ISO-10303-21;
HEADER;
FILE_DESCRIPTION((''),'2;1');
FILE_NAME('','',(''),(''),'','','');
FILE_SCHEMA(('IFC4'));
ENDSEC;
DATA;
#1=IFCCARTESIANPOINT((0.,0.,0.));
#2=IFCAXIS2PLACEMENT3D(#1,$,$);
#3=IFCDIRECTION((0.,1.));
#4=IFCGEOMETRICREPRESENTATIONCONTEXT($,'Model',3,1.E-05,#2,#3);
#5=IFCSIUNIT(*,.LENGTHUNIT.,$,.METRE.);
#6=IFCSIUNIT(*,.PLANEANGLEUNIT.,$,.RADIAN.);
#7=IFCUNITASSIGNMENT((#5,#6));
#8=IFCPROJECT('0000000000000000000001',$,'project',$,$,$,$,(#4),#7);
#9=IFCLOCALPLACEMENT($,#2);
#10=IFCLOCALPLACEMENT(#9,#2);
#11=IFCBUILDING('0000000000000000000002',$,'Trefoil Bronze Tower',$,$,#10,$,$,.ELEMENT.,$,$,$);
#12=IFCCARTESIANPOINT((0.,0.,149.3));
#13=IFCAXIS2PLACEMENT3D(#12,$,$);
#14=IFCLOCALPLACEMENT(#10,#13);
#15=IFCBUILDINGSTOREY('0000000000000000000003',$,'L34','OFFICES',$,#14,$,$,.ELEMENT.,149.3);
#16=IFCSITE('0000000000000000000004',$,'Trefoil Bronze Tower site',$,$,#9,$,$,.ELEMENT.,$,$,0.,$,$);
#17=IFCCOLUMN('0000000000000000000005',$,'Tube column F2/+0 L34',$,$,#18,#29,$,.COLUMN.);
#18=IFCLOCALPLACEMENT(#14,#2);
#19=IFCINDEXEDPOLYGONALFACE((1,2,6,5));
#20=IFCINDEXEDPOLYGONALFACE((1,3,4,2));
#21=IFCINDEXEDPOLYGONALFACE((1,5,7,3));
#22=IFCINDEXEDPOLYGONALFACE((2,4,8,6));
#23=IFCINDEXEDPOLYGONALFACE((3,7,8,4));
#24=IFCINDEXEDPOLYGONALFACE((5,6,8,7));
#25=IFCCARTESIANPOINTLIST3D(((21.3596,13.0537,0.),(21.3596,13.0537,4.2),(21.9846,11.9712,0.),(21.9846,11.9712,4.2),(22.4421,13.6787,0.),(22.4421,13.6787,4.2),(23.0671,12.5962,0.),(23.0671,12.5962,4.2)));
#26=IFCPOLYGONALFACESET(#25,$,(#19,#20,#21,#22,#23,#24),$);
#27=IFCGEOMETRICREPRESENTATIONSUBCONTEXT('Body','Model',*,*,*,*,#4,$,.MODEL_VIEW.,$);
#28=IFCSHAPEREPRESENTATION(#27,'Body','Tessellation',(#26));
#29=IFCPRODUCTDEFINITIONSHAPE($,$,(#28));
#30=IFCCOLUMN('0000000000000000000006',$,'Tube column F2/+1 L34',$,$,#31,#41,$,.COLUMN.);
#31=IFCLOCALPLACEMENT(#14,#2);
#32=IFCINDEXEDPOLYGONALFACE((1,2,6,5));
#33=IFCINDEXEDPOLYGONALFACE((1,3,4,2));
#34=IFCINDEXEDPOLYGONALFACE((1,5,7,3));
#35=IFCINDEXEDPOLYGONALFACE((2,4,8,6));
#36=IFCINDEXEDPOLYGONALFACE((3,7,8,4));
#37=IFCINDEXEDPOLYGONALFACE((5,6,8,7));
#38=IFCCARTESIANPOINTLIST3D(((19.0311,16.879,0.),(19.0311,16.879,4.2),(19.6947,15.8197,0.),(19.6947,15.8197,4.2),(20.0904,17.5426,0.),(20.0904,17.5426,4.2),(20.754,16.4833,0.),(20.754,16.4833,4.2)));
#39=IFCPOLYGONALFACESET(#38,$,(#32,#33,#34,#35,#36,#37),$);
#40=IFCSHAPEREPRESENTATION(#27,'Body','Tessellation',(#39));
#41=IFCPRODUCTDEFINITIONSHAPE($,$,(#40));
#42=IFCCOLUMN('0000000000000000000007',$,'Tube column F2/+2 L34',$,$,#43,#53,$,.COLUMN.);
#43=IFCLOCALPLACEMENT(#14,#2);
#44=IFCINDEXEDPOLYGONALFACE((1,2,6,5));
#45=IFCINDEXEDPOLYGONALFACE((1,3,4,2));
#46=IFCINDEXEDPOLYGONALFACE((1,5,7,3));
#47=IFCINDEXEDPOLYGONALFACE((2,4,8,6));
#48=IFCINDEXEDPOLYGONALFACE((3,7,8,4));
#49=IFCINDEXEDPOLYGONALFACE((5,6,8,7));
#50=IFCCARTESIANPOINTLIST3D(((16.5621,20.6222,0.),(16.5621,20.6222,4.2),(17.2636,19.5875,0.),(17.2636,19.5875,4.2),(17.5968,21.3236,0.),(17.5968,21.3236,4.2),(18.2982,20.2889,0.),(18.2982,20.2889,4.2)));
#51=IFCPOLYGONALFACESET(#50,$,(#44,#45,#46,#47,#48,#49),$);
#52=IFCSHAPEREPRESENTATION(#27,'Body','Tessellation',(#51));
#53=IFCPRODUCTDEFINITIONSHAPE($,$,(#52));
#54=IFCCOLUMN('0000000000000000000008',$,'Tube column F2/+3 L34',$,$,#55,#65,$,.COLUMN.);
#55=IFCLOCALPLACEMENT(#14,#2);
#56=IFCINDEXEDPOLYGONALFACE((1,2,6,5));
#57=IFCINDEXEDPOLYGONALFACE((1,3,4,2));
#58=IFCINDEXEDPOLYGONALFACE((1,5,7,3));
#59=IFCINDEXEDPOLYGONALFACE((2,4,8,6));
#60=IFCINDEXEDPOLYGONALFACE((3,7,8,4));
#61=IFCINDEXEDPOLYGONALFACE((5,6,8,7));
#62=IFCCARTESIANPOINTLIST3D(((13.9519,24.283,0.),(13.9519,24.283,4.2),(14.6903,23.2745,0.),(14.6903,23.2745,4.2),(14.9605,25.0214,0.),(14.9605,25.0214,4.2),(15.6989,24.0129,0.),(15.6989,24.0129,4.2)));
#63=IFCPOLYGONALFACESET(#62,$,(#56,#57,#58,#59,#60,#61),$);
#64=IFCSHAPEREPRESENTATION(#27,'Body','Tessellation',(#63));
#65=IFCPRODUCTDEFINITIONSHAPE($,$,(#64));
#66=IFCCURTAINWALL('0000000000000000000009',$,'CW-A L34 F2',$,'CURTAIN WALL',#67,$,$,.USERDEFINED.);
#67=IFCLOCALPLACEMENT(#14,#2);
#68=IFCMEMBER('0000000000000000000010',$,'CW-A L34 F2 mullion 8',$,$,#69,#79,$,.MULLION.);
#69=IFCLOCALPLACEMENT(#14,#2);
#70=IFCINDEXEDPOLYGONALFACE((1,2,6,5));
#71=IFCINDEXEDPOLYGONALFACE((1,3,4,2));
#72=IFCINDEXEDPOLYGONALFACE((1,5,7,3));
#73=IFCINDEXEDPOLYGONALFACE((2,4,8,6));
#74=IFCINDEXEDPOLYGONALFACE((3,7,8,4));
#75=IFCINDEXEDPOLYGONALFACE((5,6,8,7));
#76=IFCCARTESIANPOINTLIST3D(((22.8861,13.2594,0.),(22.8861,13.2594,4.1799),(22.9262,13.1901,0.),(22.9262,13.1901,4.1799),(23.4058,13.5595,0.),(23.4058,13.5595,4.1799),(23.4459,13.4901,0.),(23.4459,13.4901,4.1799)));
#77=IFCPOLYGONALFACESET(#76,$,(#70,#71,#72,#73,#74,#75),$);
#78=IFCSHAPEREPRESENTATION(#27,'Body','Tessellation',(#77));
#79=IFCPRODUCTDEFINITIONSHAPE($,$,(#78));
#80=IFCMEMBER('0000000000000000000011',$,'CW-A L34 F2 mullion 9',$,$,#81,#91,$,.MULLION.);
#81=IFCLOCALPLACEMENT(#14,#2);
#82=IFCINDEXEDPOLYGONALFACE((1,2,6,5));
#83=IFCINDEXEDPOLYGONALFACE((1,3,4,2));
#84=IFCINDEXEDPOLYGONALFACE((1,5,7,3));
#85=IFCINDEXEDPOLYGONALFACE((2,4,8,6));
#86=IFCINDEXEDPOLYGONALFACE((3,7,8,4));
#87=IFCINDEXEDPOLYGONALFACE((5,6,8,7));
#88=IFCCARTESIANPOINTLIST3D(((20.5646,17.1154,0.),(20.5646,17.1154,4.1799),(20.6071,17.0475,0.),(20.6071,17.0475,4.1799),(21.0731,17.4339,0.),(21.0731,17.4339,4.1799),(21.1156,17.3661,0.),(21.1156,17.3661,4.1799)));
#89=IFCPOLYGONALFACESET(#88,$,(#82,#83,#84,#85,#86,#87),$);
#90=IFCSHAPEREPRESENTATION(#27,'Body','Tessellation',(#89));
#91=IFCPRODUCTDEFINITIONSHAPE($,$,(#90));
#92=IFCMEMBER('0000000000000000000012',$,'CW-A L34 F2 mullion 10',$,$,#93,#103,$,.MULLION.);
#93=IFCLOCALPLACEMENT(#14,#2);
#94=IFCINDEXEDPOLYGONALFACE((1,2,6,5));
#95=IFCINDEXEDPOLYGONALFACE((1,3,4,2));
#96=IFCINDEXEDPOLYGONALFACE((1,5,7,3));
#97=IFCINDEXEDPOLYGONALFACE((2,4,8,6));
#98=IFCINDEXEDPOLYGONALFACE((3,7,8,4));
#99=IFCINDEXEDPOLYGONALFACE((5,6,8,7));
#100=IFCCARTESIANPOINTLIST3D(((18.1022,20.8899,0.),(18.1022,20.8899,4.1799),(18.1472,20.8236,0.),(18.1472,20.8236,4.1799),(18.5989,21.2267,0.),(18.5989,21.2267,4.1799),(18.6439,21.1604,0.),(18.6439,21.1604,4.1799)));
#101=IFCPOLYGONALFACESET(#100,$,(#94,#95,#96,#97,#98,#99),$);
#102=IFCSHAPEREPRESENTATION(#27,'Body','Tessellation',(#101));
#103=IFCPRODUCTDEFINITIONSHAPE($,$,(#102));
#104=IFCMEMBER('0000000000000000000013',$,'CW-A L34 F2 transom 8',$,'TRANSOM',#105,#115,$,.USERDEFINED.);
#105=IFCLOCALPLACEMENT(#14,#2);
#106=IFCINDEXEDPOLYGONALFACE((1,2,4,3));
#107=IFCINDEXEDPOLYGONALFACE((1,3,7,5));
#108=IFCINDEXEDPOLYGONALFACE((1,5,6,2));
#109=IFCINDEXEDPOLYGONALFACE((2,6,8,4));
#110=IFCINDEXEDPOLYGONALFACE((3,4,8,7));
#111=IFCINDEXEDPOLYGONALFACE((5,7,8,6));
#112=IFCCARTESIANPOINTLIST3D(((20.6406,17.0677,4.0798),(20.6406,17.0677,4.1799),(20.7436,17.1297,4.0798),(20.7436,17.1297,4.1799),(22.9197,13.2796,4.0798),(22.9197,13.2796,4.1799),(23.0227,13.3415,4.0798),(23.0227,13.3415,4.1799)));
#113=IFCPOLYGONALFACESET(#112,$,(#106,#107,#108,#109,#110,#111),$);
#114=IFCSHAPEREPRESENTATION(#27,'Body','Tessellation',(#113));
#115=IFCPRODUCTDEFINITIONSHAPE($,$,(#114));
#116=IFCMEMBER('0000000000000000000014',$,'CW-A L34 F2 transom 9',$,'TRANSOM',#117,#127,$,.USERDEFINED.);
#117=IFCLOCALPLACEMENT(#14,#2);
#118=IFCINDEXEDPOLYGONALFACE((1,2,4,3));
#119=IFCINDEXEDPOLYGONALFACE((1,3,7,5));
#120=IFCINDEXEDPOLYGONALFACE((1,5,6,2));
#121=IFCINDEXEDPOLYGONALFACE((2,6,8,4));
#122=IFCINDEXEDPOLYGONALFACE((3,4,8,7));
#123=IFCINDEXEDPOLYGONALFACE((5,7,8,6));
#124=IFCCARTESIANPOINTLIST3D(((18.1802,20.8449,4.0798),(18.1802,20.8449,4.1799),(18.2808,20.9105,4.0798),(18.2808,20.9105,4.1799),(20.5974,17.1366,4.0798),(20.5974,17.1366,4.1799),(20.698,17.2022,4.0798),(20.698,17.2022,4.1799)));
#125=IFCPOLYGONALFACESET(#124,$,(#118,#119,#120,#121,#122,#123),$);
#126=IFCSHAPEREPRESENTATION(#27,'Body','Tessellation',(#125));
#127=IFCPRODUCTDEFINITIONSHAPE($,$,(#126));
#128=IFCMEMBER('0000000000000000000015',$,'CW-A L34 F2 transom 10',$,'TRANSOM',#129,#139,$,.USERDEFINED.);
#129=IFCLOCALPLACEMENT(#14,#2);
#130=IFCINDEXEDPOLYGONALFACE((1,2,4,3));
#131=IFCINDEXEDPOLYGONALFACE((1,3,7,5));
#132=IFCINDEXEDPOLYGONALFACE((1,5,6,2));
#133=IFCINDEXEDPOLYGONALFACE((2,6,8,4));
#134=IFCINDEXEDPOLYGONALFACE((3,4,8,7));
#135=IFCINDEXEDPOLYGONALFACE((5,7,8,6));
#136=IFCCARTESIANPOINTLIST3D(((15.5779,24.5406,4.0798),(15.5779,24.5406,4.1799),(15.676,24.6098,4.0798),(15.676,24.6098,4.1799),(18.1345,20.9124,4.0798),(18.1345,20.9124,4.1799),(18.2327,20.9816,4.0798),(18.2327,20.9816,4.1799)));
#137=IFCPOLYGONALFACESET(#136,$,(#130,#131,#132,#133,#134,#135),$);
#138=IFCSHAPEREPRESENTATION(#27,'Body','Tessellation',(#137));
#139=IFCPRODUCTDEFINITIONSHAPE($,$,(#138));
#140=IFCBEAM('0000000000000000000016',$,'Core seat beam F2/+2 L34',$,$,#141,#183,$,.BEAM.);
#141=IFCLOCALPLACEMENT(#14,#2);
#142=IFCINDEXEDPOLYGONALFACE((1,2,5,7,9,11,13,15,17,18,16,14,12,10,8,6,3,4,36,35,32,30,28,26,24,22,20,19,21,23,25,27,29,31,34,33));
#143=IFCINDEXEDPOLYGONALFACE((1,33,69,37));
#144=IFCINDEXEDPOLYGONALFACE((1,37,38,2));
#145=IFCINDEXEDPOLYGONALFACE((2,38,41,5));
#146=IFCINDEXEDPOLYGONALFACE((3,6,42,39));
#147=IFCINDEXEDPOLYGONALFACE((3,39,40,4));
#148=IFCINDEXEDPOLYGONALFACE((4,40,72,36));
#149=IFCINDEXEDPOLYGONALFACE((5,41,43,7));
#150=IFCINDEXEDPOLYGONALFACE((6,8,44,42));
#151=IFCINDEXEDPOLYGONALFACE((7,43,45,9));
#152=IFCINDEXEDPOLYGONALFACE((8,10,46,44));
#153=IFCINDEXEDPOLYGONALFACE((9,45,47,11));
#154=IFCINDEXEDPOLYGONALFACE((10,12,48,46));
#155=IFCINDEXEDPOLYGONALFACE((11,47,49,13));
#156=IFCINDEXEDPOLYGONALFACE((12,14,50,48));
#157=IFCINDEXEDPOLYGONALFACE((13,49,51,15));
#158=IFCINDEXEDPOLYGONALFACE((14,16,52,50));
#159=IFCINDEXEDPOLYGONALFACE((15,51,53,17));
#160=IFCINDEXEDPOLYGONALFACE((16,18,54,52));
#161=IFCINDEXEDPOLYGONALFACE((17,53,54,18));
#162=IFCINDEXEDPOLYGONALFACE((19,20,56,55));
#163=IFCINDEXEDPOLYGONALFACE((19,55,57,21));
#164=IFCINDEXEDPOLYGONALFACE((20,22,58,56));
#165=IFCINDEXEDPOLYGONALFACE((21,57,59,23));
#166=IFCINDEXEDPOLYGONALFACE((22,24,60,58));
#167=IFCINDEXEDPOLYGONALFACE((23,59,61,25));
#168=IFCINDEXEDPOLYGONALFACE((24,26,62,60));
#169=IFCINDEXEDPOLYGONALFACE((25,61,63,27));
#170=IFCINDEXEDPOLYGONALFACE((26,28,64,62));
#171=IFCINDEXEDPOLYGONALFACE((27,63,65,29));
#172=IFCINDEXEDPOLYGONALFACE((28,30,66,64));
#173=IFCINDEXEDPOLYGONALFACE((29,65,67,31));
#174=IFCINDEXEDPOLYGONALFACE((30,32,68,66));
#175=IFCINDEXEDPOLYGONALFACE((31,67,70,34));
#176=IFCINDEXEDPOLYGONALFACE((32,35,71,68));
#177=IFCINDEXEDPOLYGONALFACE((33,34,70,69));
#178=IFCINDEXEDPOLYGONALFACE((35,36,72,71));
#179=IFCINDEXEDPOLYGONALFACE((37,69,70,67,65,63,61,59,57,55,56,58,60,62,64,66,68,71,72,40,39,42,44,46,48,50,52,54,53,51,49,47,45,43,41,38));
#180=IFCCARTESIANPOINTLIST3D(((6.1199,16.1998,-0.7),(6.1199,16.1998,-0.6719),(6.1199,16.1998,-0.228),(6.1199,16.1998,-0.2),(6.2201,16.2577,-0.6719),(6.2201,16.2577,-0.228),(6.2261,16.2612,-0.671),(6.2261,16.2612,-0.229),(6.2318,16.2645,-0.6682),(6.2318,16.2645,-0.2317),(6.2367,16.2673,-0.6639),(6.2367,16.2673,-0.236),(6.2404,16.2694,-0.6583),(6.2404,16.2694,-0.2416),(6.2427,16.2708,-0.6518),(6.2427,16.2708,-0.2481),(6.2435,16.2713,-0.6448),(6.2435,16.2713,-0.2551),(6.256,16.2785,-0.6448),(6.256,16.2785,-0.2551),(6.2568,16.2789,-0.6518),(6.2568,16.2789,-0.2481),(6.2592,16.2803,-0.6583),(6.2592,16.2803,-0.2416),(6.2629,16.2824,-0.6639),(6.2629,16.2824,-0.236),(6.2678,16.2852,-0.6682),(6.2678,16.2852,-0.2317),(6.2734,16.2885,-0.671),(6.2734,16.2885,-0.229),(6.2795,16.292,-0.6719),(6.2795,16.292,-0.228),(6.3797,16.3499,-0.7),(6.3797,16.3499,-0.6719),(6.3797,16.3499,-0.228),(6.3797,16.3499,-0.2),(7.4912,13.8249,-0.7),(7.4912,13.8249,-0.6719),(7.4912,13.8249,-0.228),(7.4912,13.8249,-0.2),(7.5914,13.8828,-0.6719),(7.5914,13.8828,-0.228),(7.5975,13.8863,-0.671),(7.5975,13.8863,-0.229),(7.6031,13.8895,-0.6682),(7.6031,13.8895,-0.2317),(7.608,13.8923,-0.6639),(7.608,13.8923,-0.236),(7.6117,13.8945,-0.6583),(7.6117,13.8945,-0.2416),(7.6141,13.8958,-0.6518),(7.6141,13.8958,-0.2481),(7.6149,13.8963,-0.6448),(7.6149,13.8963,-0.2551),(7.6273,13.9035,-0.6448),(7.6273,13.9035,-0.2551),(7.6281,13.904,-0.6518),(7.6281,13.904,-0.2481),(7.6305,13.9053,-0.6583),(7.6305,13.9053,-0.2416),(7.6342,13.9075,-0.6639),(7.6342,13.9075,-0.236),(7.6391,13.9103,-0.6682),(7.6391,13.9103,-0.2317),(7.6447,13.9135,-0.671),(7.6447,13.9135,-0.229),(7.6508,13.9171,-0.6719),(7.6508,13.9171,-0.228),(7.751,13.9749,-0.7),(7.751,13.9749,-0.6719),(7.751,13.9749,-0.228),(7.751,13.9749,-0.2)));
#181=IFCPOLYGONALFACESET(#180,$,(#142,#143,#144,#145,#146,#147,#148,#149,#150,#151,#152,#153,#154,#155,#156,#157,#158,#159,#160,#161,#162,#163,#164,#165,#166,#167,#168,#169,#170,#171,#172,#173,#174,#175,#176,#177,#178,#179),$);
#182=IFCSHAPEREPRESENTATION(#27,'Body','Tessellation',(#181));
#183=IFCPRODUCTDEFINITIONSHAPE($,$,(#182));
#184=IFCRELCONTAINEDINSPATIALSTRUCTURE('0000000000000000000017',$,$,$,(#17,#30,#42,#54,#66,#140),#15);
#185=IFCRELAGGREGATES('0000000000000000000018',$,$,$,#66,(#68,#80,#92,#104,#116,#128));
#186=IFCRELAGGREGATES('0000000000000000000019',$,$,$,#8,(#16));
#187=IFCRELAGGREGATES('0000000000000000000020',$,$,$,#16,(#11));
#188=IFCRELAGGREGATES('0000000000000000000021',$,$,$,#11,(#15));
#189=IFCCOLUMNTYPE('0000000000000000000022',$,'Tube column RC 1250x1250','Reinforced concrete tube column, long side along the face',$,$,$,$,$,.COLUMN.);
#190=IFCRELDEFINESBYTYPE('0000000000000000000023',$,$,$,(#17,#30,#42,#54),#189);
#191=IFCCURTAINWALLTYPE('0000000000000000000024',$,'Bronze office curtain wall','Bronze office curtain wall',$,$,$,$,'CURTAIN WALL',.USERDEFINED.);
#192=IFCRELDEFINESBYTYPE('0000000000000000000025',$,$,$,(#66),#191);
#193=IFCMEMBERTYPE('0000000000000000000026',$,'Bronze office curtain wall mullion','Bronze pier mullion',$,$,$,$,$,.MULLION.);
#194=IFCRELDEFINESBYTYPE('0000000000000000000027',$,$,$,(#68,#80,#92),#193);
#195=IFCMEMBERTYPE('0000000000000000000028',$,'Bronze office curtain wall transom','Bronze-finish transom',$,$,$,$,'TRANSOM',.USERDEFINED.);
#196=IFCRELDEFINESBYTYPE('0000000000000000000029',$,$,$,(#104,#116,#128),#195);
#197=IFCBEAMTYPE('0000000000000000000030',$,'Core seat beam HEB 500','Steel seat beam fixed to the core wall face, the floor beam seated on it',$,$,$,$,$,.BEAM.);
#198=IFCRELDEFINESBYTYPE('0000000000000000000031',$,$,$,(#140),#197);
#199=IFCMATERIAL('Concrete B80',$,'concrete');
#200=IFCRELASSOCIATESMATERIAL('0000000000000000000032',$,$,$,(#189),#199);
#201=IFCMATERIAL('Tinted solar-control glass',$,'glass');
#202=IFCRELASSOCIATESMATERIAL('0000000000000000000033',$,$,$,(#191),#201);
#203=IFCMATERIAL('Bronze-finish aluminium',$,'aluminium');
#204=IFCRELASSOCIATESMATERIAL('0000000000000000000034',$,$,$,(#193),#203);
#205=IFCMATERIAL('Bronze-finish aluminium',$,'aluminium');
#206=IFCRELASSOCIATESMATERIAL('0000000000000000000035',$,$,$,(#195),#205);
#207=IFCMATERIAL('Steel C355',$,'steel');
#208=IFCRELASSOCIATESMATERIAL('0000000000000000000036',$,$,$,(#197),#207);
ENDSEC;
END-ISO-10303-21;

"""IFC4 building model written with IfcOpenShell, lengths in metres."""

from ifc_helpers import new_model, si_unit, direction, frame, origin, origin_2d, place, context, subcontext, project, spatial, rectangle, i_section, extrude, material, material_profile, profile_set, type_object, element, aggregate, save


model = new_model("IFC4")

# Units and contexts
model_context = context("Model", 3, precision=1e-05, world=origin(), true_north=direction((0.0, 1.0)))
body_context = subcontext(model_context, "Body", "Model", "MODEL_VIEW")
ifc_project = project(units=[si_unit("LENGTHUNIT", "METRE"), si_unit("PLANEANGLEUNIT", "RADIAN")], contexts=[model_context])

# Site, building, storey
site_placement = place(None, origin())
site = spatial("IfcSite", under=ifc_project, at=site_placement, Name="Trefoil Bronze Tower site", CompositionType="ELEMENT", RefElevation=0.0)
building_placement = place(site_placement, origin())
building = spatial("IfcBuilding", under=site, at=building_placement, Name="Trefoil Bronze Tower", CompositionType="ELEMENT")
storey_placement = place(building_placement, frame((0.0, 0.0, 149.3)))
storey = spatial("IfcBuildingStorey", under=building, at=storey_placement, Name="L34", Description="OFFICES", CompositionType="ELEMENT", Elevation=149.3)

# Columns
ifc_material_1 = material(Name="Concrete B80", Category="concrete")
ifc_material_profile_1 = material_profile(ifc_material_1, rectangle(XDim=1.25, YDim=1.25, at=origin_2d()), Name="RC 1250x1250")
ifc_profile_set_1 = profile_set([ifc_material_profile_1], Name="Concrete B80")
column_type = type_object("IfcColumnType", Name="Tube column RC 1250x1250", Description="Reinforced concrete tube column, long side along the face", PredefinedType="COLUMN", material=ifc_profile_set_1)
for number, where, z_axis, x_axis, name in (
    (1, (22.2134, 12.825, 0.0), (0.0, 0.0, 1.0), (-0.5, 0.866025, 0.0), "Tube column F2/+0 L34"),
    (2, (19.8926, 16.6812, 0.0), (0.0, 0.0, 1.0), (-0.530893, 0.847439, 0.0), "Tube column F2/+1 L34"),
    (3, (17.4302, 20.4556, 0.0), (0.0, 0.0, 1.0), (-0.561136, 0.827724, 0.0), "Tube column F2/+2 L34"),
    (4, (14.8254, 24.1479, 0.0), (0.0, 0.0, 1.0), (-0.590723, 0.806875, 0.0), "Tube column F2/+3 L34"),
):
    element("IfcColumn", number, at=place(storey_placement, frame(where, z_axis=z_axis, x_axis=x_axis)), inside=storey, type_object=column_type, Name=name, PredefinedType="COLUMN", context=body_context, shape_type="SweptSolid", body=[
        extrude(rectangle(XDim=1.25, YDim=1.25, at=origin_2d()), origin(), (0.0, 0.0, 1.0), 4.2),
    ])

# Curtain wall, members
ifc_material_2 = material(Name="Tinted solar-control glass", Category="glass")
curtain_wall_type = type_object("IfcCurtainWallType", Name="Bronze office curtain wall", Description="Bronze office curtain wall", ElementType="CURTAIN WALL", PredefinedType="USERDEFINED", material=ifc_material_2)
curtain_wall_placement = place(storey_placement, origin())
curtain_wall = element("IfcCurtainWall", 5, at=curtain_wall_placement, inside=storey, type_object=curtain_wall_type, Name="CW-A L34 F2", ObjectType="CURTAIN WALL", PredefinedType="USERDEFINED")
ifc_material_3 = material(Name="Bronze-finish aluminium", Category="aluminium")
ifc_material_profile_2 = material_profile(ifc_material_3, rectangle(XDim=0.6001, YDim=0.0801, at=origin_2d()), Name="CW-A mullion")
ifc_profile_set_2 = profile_set([ifc_material_profile_2], Name="Bronze-finish aluminium")
member_type_1 = type_object("IfcMemberType", Name="Bronze office curtain wall mullion", Description="Bronze pier mullion", PredefinedType="MULLION", material=ifc_profile_set_2)
member_1_placement = place(storey_placement, frame((23.166, 13.3748, 0.0), z_axis=(0.0, 0.0, 1.0), x_axis=(-0.866025, -0.5, 0.0)))
member_1 = element("IfcMember", 6, at=member_1_placement, type_object=member_type_1, Name="CW-A L34 F2 mullion 8", PredefinedType="MULLION", context=body_context, shape_type="SweptSolid", body=[
    extrude(rectangle(XDim=0.6001, YDim=0.0801, at=origin_2d()), origin(), (0.0, 0.0, 1.0), 4.1799),
])
member_2_placement = place(storey_placement, frame((20.8401, 17.2407, 0.0), z_axis=(0.0, 0.0, 1.0), x_axis=(-0.847439, -0.530893, 0.0)))
member_2 = element("IfcMember", 7, at=member_2_placement, type_object=member_type_1, Name="CW-A L34 F2 mullion 9", PredefinedType="MULLION", context=body_context, shape_type="SweptSolid", body=[
    extrude(rectangle(XDim=0.6001, YDim=0.0801, at=origin_2d()), origin(), (0.0, 0.0, 1.0), 4.1799),
])
member_3_placement = place(storey_placement, frame((18.373, 21.0251, 0.0), z_axis=(0.0, 0.0, 1.0), x_axis=(-0.827724, -0.561136, 0.0)))
member_3 = element("IfcMember", 8, at=member_3_placement, type_object=member_type_1, Name="CW-A L34 F2 mullion 10", PredefinedType="MULLION", context=body_context, shape_type="SweptSolid", body=[
    extrude(rectangle(XDim=0.6001, YDim=0.0801, at=origin_2d()), origin(), (0.0, 0.0, 1.0), 4.1799),
])
ifc_material_4 = material(Name="Bronze-finish aluminium", Category="aluminium")
ifc_material_profile_3 = material_profile(ifc_material_4, rectangle(XDim=0.1201, YDim=0.1001, at=origin_2d()), Name="CW-A transom")
ifc_profile_set_3 = profile_set([ifc_material_profile_3], Name="Bronze-finish aluminium")
member_type_2 = type_object("IfcMemberType", Name="Bronze office curtain wall transom", Description="Bronze-finish transom", ElementType="TRANSOM", PredefinedType="USERDEFINED", material=ifc_profile_set_3)
member_4_placement = place(storey_placement, frame((22.9712, 13.3105, 4.1299), z_axis=(-0.515527, 0.856873, 0.0), x_axis=(-0.856873, -0.515527, 0.0)))
member_4 = element("IfcMember", 9, at=member_4_placement, type_object=member_type_2, Name="CW-A L34 F2 transom 8", ObjectType="TRANSOM", PredefinedType="USERDEFINED", context=body_context, shape_type="SweptSolid", body=[
    extrude(rectangle(XDim=0.1201, YDim=0.1001, at=origin_2d()), origin(), (0.0, 0.0, 1.0), 4.4209),
])
member_5_placement = place(storey_placement, frame((20.6477, 17.1694, 4.1299), z_axis=(-0.546079, 0.837733, 0.0), x_axis=(-0.837733, -0.546079, 0.0)))
member_5 = element("IfcMember", 10, at=member_5_placement, type_object=member_type_2, Name="CW-A L34 F2 transom 9", ObjectType="TRANSOM", PredefinedType="USERDEFINED", context=body_context, shape_type="SweptSolid", body=[
    extrude(rectangle(XDim=0.1201, YDim=0.1001, at=origin_2d()), origin(), (0.0, 0.0, 1.0), 4.4265),
])
member_6_placement = place(storey_placement, frame((18.1836, 20.947, 4.1299), z_axis=(-0.576018, 0.817437, 0.0), x_axis=(-0.817437, -0.576018, 0.0)))
member_6 = element("IfcMember", 11, at=member_6_placement, type_object=member_type_2, Name="CW-A L34 F2 transom 10", ObjectType="TRANSOM", PredefinedType="USERDEFINED", context=body_context, shape_type="SweptSolid", body=[
    extrude(rectangle(XDim=0.1201, YDim=0.1001, at=origin_2d()), origin(), (0.0, 0.0, 1.0), 4.4385),
])

# Beam
ifc_material_5 = material(Name="Steel C355", Category="steel")
ifc_material_profile_4 = material_profile(ifc_material_5, i_section(OverallWidth=0.3, OverallDepth=0.5, WebThickness=0.0144, FlangeThickness=0.0281, FilletRadius=0.0271, at=origin_2d()), Name="HEB 500")
ifc_profile_set_4 = profile_set([ifc_material_profile_4], Name="Steel C355")
beam_type_1 = type_object("IfcBeamType", Name="Core seat beam HEB 500", Description="Steel seat beam fixed to the core wall face, the floor beam seated on it", PredefinedType="BEAM", material=ifc_profile_set_4)
beam_1_placement = place(storey_placement, frame((7.6211, 13.8999, -0.45), z_axis=(-0.500036, 0.866005, 0.0), x_axis=(-0.866005, -0.500036, 0.0)))
element("IfcBeam", 12, at=beam_1_placement, inside=storey, type_object=beam_type_1, Name="Core seat beam F2/+2 L34", PredefinedType="BEAM", context=body_context, shape_type="SweptSolid", body=[
    extrude(i_section(OverallWidth=0.3, OverallDepth=0.5, WebThickness=0.0144, FlangeThickness=0.0281, FilletRadius=0.0271, at=origin_2d()), origin(), (0.0, 0.0, 1.0), 2.7424),
])

aggregate(curtain_wall, [member_1, member_2, member_3, member_4, member_5, member_6])

save(model, "model.ifc")
